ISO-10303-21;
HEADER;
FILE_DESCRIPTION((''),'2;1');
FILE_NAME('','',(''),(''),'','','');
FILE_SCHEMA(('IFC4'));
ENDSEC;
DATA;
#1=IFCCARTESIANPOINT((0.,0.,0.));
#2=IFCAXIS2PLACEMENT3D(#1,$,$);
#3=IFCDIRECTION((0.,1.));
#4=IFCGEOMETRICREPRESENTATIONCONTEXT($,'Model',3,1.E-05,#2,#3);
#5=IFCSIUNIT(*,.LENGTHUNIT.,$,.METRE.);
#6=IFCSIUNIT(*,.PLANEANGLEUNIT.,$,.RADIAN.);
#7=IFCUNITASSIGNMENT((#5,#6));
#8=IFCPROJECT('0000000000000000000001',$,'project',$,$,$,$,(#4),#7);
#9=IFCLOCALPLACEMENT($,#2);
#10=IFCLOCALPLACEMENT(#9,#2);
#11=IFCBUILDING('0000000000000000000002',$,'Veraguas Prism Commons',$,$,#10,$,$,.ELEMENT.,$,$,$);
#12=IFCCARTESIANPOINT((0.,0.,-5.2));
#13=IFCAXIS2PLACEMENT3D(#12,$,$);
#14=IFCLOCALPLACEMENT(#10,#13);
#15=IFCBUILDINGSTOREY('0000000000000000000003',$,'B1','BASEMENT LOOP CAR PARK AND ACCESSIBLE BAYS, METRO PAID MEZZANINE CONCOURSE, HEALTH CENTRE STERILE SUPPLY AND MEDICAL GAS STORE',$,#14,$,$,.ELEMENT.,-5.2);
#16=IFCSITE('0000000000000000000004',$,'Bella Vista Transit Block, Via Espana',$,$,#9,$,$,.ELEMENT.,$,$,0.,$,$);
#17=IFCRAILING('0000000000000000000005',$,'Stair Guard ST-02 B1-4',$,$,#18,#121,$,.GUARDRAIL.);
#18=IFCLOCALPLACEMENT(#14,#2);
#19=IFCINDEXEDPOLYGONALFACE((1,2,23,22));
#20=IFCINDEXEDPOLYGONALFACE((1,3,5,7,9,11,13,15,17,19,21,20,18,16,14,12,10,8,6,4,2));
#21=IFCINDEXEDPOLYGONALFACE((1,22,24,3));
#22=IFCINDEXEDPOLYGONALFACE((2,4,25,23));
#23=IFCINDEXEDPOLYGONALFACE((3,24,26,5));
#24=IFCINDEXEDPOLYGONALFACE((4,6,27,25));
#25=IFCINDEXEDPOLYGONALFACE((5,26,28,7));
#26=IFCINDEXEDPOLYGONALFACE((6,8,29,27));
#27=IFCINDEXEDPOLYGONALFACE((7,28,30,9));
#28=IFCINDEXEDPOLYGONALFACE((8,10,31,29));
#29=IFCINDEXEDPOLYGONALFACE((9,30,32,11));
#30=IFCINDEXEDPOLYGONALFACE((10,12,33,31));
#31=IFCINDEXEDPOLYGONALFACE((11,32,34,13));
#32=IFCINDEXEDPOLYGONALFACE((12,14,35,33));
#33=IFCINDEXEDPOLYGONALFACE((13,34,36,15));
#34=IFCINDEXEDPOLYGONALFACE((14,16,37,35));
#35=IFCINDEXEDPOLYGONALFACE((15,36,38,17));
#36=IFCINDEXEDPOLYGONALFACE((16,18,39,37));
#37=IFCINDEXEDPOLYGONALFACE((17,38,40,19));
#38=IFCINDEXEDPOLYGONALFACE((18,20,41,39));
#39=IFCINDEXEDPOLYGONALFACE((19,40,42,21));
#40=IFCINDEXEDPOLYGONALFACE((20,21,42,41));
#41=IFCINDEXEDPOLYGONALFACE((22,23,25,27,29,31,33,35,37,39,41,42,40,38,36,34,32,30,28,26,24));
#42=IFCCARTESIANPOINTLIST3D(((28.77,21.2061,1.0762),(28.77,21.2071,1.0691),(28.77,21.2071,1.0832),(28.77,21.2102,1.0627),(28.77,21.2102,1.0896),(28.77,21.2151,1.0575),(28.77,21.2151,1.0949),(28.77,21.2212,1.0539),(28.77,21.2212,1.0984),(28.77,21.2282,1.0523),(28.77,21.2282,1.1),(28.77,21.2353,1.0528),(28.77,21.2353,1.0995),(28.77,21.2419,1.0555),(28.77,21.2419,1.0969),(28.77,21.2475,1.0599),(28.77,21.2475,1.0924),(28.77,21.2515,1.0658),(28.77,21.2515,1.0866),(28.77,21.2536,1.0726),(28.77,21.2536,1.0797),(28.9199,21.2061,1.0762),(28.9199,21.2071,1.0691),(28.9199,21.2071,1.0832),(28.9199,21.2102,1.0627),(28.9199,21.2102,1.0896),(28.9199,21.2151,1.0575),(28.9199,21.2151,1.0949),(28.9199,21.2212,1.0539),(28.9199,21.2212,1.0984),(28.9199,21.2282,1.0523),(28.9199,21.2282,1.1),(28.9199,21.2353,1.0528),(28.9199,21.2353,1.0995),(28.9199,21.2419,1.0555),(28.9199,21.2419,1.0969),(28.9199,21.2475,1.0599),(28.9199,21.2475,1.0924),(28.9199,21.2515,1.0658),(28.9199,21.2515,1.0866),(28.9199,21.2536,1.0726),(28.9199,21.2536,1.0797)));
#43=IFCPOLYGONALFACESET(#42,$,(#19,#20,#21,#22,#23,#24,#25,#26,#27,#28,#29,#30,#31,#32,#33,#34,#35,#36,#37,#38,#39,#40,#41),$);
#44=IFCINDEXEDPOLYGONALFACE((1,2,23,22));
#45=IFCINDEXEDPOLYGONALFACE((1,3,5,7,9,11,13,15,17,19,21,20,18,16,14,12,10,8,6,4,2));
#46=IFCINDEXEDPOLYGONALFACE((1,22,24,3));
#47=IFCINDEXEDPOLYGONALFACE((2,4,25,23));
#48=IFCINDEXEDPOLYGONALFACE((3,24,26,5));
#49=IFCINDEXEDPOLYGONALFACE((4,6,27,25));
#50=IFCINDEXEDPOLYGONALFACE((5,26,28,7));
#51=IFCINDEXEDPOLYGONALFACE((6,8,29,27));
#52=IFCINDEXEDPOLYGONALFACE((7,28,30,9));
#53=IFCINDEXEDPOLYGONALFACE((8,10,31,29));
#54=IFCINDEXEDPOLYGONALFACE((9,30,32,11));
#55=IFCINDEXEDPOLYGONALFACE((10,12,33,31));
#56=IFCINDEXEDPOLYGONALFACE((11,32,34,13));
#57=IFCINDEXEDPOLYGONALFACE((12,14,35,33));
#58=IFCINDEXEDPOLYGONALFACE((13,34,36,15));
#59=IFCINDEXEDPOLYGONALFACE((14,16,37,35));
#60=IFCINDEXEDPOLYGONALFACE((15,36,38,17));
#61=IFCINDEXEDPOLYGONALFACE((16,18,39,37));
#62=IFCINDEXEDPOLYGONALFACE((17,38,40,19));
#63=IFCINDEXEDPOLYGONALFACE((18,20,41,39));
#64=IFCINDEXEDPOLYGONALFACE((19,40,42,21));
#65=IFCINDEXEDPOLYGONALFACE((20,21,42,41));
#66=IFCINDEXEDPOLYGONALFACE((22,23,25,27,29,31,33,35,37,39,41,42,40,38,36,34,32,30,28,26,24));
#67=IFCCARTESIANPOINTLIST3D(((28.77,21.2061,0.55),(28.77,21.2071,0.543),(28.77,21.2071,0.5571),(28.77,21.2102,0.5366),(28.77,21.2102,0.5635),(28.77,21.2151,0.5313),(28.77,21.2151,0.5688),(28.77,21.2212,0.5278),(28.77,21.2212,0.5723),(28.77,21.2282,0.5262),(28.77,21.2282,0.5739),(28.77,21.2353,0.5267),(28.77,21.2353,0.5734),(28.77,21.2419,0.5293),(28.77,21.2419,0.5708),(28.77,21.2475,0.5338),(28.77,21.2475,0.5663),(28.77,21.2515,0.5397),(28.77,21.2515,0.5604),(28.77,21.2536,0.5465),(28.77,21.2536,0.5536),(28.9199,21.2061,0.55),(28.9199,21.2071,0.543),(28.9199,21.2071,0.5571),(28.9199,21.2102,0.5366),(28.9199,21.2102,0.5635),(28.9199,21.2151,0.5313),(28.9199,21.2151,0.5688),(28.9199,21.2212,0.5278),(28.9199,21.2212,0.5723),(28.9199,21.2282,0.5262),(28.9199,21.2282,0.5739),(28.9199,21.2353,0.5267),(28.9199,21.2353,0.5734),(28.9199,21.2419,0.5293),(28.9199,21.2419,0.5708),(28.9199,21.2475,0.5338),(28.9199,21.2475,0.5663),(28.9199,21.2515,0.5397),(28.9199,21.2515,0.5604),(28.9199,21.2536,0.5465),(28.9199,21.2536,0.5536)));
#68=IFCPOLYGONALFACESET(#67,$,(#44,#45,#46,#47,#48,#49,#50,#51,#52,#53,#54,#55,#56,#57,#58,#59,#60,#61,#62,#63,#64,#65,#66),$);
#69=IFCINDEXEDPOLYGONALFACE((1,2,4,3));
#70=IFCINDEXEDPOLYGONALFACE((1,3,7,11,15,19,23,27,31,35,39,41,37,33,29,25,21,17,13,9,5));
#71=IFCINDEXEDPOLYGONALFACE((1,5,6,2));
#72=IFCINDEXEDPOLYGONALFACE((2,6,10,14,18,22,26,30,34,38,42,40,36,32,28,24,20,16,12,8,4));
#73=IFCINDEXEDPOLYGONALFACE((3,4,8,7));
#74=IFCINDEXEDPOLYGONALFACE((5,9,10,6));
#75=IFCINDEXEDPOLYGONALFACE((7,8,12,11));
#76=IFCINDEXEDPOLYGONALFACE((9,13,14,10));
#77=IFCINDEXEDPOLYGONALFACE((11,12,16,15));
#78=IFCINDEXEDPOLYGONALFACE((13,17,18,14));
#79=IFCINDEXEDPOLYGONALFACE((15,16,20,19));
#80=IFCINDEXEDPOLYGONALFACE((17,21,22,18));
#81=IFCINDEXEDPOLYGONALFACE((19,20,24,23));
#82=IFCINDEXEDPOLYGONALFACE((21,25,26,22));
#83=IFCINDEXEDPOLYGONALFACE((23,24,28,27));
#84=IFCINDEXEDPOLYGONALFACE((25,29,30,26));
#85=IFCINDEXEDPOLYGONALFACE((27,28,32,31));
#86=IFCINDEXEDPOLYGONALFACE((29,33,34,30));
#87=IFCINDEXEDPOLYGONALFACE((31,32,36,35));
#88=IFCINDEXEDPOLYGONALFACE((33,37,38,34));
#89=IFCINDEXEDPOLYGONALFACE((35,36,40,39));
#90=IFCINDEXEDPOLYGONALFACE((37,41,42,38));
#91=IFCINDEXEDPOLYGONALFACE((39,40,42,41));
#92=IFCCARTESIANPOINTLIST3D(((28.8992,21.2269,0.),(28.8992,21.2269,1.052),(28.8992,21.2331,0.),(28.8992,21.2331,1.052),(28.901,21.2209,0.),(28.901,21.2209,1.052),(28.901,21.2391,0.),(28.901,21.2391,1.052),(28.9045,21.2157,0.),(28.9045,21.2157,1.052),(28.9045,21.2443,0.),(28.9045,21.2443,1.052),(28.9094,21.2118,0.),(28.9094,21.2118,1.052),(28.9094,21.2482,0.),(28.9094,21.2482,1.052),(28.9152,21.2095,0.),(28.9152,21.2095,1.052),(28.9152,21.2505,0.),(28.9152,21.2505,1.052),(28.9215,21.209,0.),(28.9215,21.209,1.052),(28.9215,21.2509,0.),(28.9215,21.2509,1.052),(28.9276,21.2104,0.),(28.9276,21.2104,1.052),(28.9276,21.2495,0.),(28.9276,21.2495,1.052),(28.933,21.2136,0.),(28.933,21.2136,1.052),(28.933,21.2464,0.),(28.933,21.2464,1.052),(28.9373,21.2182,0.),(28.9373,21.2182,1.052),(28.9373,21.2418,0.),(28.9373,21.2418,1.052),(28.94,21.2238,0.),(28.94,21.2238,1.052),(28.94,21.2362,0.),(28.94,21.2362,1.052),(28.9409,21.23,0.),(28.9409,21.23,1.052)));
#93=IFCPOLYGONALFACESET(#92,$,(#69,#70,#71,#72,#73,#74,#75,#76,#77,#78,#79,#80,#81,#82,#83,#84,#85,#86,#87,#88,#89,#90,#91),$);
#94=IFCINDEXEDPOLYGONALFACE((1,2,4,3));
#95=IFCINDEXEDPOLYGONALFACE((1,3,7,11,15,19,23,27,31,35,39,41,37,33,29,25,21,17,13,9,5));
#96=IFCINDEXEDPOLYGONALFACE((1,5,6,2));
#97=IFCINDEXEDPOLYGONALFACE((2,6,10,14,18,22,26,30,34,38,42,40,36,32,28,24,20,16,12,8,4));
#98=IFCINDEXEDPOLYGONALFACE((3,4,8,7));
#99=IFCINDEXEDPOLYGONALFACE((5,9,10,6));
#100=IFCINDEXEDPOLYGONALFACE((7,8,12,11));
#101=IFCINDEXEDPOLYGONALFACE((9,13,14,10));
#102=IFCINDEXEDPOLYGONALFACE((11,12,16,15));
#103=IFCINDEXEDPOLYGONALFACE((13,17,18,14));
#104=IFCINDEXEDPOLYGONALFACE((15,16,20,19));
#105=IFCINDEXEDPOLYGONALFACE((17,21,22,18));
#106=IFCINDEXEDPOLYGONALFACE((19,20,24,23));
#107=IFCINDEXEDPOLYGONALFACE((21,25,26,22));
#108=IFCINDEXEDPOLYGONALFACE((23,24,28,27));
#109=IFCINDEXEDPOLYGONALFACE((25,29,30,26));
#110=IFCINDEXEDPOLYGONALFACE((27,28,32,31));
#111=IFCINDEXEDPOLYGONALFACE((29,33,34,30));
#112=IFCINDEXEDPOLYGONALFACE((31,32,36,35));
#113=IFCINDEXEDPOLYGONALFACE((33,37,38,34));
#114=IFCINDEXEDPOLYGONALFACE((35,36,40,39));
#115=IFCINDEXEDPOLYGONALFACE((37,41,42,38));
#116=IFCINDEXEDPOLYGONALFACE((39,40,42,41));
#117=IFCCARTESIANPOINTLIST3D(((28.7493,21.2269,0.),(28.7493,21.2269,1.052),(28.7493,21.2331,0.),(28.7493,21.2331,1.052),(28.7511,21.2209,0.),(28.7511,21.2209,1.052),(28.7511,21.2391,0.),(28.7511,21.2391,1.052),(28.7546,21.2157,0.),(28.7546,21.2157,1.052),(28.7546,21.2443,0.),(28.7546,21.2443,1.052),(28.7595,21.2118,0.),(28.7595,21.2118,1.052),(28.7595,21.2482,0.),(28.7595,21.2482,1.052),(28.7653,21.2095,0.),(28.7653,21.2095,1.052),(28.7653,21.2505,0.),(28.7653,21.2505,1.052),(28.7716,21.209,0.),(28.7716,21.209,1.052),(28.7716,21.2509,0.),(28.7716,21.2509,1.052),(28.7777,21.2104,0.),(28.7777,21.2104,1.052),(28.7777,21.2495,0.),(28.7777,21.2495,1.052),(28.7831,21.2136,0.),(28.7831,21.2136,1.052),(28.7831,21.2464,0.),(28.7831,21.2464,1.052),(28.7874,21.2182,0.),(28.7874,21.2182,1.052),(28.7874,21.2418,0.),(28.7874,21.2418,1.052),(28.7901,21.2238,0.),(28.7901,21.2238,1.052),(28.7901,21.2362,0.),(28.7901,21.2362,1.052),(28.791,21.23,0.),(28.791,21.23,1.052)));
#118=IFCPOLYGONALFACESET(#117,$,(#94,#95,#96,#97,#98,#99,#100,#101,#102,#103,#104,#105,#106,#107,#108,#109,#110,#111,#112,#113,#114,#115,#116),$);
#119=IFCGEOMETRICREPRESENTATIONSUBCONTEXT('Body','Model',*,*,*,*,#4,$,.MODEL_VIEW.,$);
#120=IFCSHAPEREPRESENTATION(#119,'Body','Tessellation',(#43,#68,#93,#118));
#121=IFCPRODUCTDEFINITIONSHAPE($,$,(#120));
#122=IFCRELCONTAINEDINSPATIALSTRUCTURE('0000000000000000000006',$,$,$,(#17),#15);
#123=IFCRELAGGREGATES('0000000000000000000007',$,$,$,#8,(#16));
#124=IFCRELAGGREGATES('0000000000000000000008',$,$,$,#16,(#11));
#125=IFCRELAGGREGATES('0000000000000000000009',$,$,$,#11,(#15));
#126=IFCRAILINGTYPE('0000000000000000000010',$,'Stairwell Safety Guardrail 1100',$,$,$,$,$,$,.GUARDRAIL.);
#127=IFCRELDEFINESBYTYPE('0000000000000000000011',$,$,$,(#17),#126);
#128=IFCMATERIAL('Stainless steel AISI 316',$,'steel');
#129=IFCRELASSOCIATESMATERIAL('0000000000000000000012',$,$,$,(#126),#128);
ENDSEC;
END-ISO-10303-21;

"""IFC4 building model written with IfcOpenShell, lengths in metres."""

from ifc_helpers import new_model, si_unit, direction, frame, origin, origin_2d, place, context, subcontext, project, spatial, circle, extrude, material, type_object, element, save


model = new_model("IFC4")

# Units and contexts
model_context = context("Model", 3, precision=1e-05, world=origin(), true_north=direction((0.0, 1.0)))
body_context = subcontext(model_context, "Body", "Model", "MODEL_VIEW")
ifc_project = project(units=[si_unit("LENGTHUNIT", "METRE"), si_unit("PLANEANGLEUNIT", "RADIAN")], contexts=[model_context])

# Site, building, storey
site_placement = place(None, origin())
site = spatial("IfcSite", under=ifc_project, at=site_placement, Name="Bella Vista Transit Block, Via Espana", CompositionType="ELEMENT", RefElevation=0.0)
building_placement = place(site_placement, origin())
building = spatial("IfcBuilding", under=site, at=building_placement, Name="Veraguas Prism Commons", CompositionType="ELEMENT")
storey_placement = place(building_placement, frame((0.0, 0.0, -5.2)))
storey = spatial("IfcBuildingStorey", under=building, at=storey_placement, Name="B1", Description="BASEMENT LOOP CAR PARK AND ACCESSIBLE BAYS, METRO PAID MEZZANINE CONCOURSE, HEALTH CENTRE STERILE SUPPLY AND MEDICAL GAS STORE", CompositionType="ELEMENT", Elevation=-5.2)

# Railing
ifc_material_1 = material(Name="Stainless steel AISI 316", Category="steel")
railing_type_1 = type_object("IfcRailingType", Name="Stairwell Safety Guardrail 1100", PredefinedType="GUARDRAIL", material=ifc_material_1)
railing_1_placement = place(storey_placement, frame((28.9199, 21.23, 0.0)))
element("IfcRailing", 1, at=railing_1_placement, inside=storey, type_object=railing_type_1, Name="Stair Guard ST-02 B1-4", PredefinedType="GUARDRAIL", context=body_context, shape_type="SweptSolid", body=[
    extrude(circle(Radius=0.0239, at=origin_2d()), frame((0.0, 0.0, 1.0762), z_axis=(-1.0, 0.0, 0.0), x_axis=(0.0, -1.0, 0.0)), (0.0, 0.0, 1.0), 0.1499),
    extrude(circle(Radius=0.0239, at=origin_2d()), frame((0.0, 0.0, 0.55), z_axis=(-1.0, 0.0, 0.0), x_axis=(0.0, -1.0, 0.0)), (0.0, 0.0, 1.0), 0.1499),
    extrude(circle(Radius=0.021, at=origin_2d()), origin(), (0.0, 0.0, 1.0), 1.052),
    extrude(circle(Radius=0.021, at=origin_2d()), frame((-0.1499, 0.0, 0.0)), (0.0, 0.0, 1.0), 1.052),
])

save(model, "model.ifc")
